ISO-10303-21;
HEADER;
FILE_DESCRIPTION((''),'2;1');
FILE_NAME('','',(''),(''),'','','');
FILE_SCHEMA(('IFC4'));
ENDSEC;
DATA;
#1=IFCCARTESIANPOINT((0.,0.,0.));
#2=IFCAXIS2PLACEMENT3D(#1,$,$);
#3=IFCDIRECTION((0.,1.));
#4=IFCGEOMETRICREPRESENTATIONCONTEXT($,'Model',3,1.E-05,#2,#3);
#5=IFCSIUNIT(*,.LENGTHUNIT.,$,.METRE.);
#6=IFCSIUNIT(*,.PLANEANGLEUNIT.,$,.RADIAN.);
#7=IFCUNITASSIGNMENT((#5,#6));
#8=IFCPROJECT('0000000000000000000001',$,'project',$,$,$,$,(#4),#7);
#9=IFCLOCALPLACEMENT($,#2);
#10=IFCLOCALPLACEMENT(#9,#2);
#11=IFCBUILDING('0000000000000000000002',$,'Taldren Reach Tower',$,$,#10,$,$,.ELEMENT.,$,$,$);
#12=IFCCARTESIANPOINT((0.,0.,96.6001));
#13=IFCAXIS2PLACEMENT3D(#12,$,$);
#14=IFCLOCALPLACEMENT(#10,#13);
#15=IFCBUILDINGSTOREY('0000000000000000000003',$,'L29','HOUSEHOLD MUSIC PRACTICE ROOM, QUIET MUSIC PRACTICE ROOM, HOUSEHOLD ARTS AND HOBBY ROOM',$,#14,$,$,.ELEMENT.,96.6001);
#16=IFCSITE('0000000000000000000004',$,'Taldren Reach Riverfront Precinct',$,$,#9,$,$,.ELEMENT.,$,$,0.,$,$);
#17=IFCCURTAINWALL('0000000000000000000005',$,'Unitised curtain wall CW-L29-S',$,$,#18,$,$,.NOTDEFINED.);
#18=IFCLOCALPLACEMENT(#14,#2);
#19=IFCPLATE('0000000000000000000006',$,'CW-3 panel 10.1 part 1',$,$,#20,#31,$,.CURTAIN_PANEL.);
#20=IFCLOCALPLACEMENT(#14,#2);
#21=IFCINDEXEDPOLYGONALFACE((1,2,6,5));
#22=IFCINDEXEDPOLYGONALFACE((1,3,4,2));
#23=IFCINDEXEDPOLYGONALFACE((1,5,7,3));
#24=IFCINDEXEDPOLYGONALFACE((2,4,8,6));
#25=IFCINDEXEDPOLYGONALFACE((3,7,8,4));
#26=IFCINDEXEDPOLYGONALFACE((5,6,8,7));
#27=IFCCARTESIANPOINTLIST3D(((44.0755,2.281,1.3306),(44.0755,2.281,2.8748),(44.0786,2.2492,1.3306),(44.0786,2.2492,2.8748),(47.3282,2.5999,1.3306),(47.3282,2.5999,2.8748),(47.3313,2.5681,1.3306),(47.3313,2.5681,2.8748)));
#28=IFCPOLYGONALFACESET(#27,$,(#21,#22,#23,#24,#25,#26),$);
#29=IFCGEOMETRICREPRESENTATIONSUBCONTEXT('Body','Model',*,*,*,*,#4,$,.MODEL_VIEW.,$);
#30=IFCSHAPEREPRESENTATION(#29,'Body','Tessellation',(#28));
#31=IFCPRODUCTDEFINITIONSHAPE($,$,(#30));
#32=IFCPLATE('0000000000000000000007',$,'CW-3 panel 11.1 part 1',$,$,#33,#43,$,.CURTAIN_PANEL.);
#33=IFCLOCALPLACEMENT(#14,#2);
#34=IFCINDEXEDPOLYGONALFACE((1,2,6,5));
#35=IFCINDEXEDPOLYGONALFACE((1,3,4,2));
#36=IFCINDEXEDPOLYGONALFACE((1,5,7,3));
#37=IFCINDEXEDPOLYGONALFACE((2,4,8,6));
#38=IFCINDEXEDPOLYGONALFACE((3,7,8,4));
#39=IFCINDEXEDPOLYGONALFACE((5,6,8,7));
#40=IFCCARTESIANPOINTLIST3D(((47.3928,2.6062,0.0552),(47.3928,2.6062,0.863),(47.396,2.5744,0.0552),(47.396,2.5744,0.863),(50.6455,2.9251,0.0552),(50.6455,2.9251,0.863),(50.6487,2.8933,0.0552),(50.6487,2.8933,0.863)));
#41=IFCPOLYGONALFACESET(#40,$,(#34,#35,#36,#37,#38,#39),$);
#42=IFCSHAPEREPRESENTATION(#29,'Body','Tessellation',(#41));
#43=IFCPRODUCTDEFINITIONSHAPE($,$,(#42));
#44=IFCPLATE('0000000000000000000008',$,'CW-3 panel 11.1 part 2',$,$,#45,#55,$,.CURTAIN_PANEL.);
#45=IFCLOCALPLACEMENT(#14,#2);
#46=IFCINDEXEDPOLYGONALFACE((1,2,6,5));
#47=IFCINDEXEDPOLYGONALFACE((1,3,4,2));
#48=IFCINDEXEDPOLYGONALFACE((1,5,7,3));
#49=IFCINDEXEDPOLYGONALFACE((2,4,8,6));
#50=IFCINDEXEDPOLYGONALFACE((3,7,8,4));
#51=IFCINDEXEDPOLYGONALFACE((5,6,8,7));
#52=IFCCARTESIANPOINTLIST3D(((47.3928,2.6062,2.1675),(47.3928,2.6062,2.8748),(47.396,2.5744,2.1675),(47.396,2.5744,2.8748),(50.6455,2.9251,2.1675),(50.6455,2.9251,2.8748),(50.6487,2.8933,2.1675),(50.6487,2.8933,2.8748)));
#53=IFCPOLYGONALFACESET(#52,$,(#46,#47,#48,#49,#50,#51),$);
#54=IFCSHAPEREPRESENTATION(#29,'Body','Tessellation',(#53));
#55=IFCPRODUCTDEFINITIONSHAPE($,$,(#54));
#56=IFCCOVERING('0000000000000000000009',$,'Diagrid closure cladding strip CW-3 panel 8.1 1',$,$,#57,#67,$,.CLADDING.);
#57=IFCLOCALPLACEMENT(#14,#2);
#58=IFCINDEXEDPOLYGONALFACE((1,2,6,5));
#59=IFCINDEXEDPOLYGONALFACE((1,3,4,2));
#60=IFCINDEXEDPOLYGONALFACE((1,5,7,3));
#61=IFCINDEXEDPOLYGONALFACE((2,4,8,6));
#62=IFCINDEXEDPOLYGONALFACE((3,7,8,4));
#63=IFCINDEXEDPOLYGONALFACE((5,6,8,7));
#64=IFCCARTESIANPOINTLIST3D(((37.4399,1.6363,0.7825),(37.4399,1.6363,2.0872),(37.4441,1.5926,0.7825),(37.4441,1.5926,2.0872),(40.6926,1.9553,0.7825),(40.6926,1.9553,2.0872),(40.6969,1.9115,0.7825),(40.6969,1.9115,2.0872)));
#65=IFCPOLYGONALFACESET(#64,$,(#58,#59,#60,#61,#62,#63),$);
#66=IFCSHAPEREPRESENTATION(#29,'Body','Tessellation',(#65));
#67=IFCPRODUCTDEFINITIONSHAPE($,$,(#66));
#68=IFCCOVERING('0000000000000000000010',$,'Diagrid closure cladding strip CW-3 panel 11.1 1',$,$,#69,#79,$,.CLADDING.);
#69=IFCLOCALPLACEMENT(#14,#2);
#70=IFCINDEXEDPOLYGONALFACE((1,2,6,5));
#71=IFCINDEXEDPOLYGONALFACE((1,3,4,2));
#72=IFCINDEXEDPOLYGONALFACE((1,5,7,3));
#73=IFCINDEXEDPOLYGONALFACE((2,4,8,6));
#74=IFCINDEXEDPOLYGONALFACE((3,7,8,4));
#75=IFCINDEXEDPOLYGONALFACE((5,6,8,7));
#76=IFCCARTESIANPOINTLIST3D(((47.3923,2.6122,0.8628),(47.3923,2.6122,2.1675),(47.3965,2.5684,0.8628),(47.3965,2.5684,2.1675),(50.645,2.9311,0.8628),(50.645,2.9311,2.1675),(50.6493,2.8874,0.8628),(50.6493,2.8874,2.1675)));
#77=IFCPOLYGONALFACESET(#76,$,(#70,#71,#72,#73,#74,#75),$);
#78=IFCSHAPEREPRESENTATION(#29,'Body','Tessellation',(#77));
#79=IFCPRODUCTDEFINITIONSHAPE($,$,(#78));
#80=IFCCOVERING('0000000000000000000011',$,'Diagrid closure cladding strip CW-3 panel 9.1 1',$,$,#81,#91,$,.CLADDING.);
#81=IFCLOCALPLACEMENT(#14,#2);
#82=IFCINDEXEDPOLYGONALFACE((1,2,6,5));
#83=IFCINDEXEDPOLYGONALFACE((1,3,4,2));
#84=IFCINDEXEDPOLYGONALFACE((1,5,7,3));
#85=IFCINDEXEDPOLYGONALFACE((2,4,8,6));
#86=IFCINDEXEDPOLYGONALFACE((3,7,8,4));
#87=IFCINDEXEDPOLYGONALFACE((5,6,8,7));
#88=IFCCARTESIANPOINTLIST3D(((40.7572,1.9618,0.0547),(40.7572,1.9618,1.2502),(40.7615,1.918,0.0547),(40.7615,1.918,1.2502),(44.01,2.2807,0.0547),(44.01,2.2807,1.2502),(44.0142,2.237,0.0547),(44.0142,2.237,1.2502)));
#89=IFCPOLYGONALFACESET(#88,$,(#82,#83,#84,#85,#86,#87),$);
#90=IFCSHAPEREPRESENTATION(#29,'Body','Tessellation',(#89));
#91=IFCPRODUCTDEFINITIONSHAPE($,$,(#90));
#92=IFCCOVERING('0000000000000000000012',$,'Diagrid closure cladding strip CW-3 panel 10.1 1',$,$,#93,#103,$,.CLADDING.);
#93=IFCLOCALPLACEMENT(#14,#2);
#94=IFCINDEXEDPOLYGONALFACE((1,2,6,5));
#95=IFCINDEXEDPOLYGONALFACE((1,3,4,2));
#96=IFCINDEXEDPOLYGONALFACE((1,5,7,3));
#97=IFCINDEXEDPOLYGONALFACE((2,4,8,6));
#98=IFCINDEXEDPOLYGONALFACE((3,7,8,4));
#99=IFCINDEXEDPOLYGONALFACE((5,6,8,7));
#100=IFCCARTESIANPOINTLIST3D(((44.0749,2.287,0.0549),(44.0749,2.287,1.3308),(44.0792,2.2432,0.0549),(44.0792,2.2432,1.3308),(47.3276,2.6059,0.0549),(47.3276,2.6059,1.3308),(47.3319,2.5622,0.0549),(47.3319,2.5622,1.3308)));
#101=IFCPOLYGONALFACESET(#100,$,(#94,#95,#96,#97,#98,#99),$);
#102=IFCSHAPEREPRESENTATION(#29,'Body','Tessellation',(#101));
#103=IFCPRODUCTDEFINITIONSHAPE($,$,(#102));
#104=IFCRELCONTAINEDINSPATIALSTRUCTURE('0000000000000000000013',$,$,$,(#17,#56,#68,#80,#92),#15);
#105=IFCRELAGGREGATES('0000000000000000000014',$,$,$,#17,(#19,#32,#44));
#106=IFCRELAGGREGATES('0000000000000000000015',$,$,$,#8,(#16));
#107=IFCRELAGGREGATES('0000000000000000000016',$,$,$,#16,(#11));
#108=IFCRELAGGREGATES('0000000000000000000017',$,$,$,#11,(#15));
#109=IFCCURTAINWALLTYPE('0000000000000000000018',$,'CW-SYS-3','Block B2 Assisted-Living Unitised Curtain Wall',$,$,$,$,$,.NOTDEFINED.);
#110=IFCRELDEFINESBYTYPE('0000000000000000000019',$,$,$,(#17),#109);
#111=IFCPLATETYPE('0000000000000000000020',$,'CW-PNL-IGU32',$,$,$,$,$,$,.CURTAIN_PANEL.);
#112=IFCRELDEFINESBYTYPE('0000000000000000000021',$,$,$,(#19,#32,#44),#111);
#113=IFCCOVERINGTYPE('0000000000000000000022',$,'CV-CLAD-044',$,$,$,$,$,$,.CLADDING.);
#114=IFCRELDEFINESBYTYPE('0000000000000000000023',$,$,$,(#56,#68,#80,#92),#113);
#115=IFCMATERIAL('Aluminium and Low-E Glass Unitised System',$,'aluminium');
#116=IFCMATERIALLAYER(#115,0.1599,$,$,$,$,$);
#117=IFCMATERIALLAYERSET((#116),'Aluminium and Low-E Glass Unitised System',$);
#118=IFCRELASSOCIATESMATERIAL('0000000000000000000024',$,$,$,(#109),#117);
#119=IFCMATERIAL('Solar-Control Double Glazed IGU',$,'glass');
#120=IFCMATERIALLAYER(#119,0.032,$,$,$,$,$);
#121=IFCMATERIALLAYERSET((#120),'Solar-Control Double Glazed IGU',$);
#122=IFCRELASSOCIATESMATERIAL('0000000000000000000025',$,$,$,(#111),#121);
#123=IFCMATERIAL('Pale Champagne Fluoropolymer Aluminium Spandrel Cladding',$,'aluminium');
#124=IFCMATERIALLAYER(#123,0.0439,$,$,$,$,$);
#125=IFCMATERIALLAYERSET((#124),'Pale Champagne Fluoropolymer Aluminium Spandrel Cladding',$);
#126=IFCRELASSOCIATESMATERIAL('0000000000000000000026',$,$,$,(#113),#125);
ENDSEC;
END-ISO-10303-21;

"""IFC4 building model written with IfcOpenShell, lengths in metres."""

from ifc_helpers import new_model, si_unit, direction, frame, origin, origin_2d, place, context, subcontext, project, spatial, rectangle, extrude, source, transform, mapped, material, layer, layer_set, type_object, element, aggregate, save


model = new_model("IFC4")

# Units and contexts
model_context = context("Model", 3, precision=1e-05, world=origin(), true_north=direction((0.0, 1.0)))
body_context = subcontext(model_context, "Body", "Model", "MODEL_VIEW")
ifc_project = project(units=[si_unit("LENGTHUNIT", "METRE"), si_unit("PLANEANGLEUNIT", "RADIAN")], contexts=[model_context])

# Site, building, storey
site_placement = place(None, origin())
site = spatial("IfcSite", under=ifc_project, at=site_placement, Name="Taldren Reach Riverfront Precinct", CompositionType="ELEMENT", RefElevation=0.0)
building_placement = place(site_placement, origin())
building = spatial("IfcBuilding", under=site, at=building_placement, Name="Taldren Reach Tower", CompositionType="ELEMENT")
storey_placement = place(building_placement, frame((0.0, 0.0, 96.6001)))
storey = spatial("IfcBuildingStorey", under=building, at=storey_placement, Name="L29", Description="HOUSEHOLD MUSIC PRACTICE ROOM, QUIET MUSIC PRACTICE ROOM, HOUSEHOLD ARTS AND HOBBY ROOM", CompositionType="ELEMENT", Elevation=96.6001)

# Curtain wall
ifc_material_1 = material(Name="Aluminium and Low-E Glass Unitised System", Category="aluminium")
ifc_layer_1 = layer(ifc_material_1, 0.1599)
ifc_layer_set_1 = layer_set([ifc_layer_1], Name="Aluminium and Low-E Glass Unitised System")
curtain_wall_type = type_object("IfcCurtainWallType", Name="CW-SYS-3", Description="Block B2 Assisted-Living Unitised Curtain Wall", PredefinedType="NOTDEFINED", material=ifc_layer_set_1)
curtain_wall_placement = place(storey_placement, origin())
curtain_wall = element("IfcCurtainWall", 1, at=curtain_wall_placement, inside=storey, type_object=curtain_wall_type, Name="Unitised curtain wall CW-L29-S", PredefinedType="NOTDEFINED")

# Plates
ifc_material_2 = material(Name="Solar-Control Double Glazed IGU", Category="glass")
ifc_layer_2 = layer(ifc_material_2, 0.032)
ifc_layer_set_2 = layer_set([ifc_layer_2], Name="Solar-Control Double Glazed IGU")
plate_type_1 = type_object("IfcPlateType", Name="CW-PNL-IGU32", PredefinedType="CURTAIN_PANEL", material=ifc_layer_set_2)
shared_shape_1 = source(origin(), body_context, "Body", "SweptSolid", [
    extrude(rectangle(XDim=3.2683, YDim=0.032, at=origin_2d()), origin(), (0.0, 0.0, 1.0), 1.5442),
])
plate_1_placement = place(storey_placement, frame((45.7034, 2.4246, 1.3306), z_axis=(0.0, 0.0, 1.0), x_axis=(0.995227, 0.097583, 0.0)))
plate_1 = element("IfcPlate", 2, at=plate_1_placement, type_object=plate_type_1, Name="CW-3 panel 10.1 part 1", PredefinedType="CURTAIN_PANEL", context=body_context, shape_type="MappedRepresentation", body=[
    mapped(shared_shape_1, transform((0.0, 0.0, 0.0), scale=1.0)),
])
shared_shape_2 = source(origin(), body_context, "Body", "SweptSolid", [
    extrude(rectangle(XDim=3.2683, YDim=0.032, at=origin_2d()), origin(), (0.0, 0.0, 1.0), 0.8079),
])
plate_2_placement = place(storey_placement, frame((49.0208, 2.7498, 0.0552), z_axis=(0.0, 0.0, 1.0), x_axis=(0.995227, 0.097583, 0.0)))
plate_2 = element("IfcPlate", 3, at=plate_2_placement, type_object=plate_type_1, Name="CW-3 panel 11.1 part 1", PredefinedType="CURTAIN_PANEL", context=body_context, shape_type="MappedRepresentation", body=[
    mapped(shared_shape_2, transform((0.0, 0.0, 0.0), scale=1.0)),
])
shared_shape_3 = source(origin(), body_context, "Body", "SweptSolid", [
    extrude(rectangle(XDim=3.2683, YDim=0.032, at=origin_2d()), origin(), (0.0, 0.0, 1.0), 0.7073),
])
plate_3_placement = place(storey_placement, frame((49.0208, 2.7498, 2.1675), z_axis=(0.0, 0.0, 1.0), x_axis=(0.995227, 0.097583, 0.0)))
plate_3 = element("IfcPlate", 4, at=plate_3_placement, type_object=plate_type_1, Name="CW-3 panel 11.1 part 2", PredefinedType="CURTAIN_PANEL", context=body_context, shape_type="MappedRepresentation", body=[
    mapped(shared_shape_3, transform((0.0, 0.0, 0.0), scale=1.0)),
])
aggregate(curtain_wall, [plate_1, plate_2, plate_3])

# Coverings
ifc_material_3 = material(Name="Pale Champagne Fluoropolymer Aluminium Spandrel Cladding", Category="aluminium")
ifc_layer_3 = layer(ifc_material_3, 0.0439)
ifc_layer_set_3 = layer_set([ifc_layer_3], Name="Pale Champagne Fluoropolymer Aluminium Spandrel Cladding")
covering_type = type_object("IfcCoveringType", Name="CV-CLAD-044", PredefinedType="CLADDING", material=ifc_layer_set_3)
shared_shape_4 = source(origin(), body_context, "Body", "SweptSolid", [
    extrude(rectangle(XDim=3.2683, YDim=0.0439, at=origin_2d()), origin(), (0.0, 0.0, 1.0), 1.3047),
])
for number, where, z_axis, x_axis, name in (
    (5, (39.0684, 1.7739, 0.7825), (0.0, 0.0, 1.0), (0.995227, 0.097583, 0.0), "Diagrid closure cladding strip CW-3 panel 8.1 1"),
    (6, (49.0208, 2.7498, 0.8628), (0.0, 0.0, 1.0), (0.995227, 0.097583, 0.0), "Diagrid closure cladding strip CW-3 panel 11.1 1"),
):
    element("IfcCovering", number, at=place(storey_placement, frame(where, z_axis=z_axis, x_axis=x_axis)), inside=storey, type_object=covering_type, Name=name, PredefinedType="CLADDING", context=body_context, shape_type="MappedRepresentation", body=[
        mapped(shared_shape_4, transform((0.0, 0.0, 0.0), scale=1.0)),
    ])
shared_shape_5 = source(origin(), body_context, "Body", "SweptSolid", [
    extrude(rectangle(XDim=3.2683, YDim=0.0439, at=origin_2d()), origin(), (0.0, 0.0, 1.0), 1.1956),
])
covering_1_placement = place(storey_placement, frame((42.3857, 2.0994, 0.0547), z_axis=(0.0, 0.0, 1.0), x_axis=(0.995227, 0.097583, 0.0)))
element("IfcCovering", 7, at=covering_1_placement, inside=storey, type_object=covering_type, Name="Diagrid closure cladding strip CW-3 panel 9.1 1", PredefinedType="CLADDING", context=body_context, shape_type="MappedRepresentation", body=[
    mapped(shared_shape_5, transform((0.0, 0.0, 0.0), scale=1.0)),
])
shared_shape_6 = source(origin(), body_context, "Body", "SweptSolid", [
    extrude(rectangle(XDim=3.2683, YDim=0.0439, at=origin_2d()), origin(), (0.0, 0.0, 1.0), 1.2759),
])
covering_2_placement = place(storey_placement, frame((45.7034, 2.4246, 0.0549), z_axis=(0.0, 0.0, 1.0), x_axis=(0.995227, 0.097583, 0.0)))
element("IfcCovering", 8, at=covering_2_placement, inside=storey, type_object=covering_type, Name="Diagrid closure cladding strip CW-3 panel 10.1 1", PredefinedType="CLADDING", context=body_context, shape_type="MappedRepresentation", body=[
    mapped(shared_shape_6, transform((0.0, 0.0, 0.0), scale=1.0)),
])

save(model, "model.ifc")
